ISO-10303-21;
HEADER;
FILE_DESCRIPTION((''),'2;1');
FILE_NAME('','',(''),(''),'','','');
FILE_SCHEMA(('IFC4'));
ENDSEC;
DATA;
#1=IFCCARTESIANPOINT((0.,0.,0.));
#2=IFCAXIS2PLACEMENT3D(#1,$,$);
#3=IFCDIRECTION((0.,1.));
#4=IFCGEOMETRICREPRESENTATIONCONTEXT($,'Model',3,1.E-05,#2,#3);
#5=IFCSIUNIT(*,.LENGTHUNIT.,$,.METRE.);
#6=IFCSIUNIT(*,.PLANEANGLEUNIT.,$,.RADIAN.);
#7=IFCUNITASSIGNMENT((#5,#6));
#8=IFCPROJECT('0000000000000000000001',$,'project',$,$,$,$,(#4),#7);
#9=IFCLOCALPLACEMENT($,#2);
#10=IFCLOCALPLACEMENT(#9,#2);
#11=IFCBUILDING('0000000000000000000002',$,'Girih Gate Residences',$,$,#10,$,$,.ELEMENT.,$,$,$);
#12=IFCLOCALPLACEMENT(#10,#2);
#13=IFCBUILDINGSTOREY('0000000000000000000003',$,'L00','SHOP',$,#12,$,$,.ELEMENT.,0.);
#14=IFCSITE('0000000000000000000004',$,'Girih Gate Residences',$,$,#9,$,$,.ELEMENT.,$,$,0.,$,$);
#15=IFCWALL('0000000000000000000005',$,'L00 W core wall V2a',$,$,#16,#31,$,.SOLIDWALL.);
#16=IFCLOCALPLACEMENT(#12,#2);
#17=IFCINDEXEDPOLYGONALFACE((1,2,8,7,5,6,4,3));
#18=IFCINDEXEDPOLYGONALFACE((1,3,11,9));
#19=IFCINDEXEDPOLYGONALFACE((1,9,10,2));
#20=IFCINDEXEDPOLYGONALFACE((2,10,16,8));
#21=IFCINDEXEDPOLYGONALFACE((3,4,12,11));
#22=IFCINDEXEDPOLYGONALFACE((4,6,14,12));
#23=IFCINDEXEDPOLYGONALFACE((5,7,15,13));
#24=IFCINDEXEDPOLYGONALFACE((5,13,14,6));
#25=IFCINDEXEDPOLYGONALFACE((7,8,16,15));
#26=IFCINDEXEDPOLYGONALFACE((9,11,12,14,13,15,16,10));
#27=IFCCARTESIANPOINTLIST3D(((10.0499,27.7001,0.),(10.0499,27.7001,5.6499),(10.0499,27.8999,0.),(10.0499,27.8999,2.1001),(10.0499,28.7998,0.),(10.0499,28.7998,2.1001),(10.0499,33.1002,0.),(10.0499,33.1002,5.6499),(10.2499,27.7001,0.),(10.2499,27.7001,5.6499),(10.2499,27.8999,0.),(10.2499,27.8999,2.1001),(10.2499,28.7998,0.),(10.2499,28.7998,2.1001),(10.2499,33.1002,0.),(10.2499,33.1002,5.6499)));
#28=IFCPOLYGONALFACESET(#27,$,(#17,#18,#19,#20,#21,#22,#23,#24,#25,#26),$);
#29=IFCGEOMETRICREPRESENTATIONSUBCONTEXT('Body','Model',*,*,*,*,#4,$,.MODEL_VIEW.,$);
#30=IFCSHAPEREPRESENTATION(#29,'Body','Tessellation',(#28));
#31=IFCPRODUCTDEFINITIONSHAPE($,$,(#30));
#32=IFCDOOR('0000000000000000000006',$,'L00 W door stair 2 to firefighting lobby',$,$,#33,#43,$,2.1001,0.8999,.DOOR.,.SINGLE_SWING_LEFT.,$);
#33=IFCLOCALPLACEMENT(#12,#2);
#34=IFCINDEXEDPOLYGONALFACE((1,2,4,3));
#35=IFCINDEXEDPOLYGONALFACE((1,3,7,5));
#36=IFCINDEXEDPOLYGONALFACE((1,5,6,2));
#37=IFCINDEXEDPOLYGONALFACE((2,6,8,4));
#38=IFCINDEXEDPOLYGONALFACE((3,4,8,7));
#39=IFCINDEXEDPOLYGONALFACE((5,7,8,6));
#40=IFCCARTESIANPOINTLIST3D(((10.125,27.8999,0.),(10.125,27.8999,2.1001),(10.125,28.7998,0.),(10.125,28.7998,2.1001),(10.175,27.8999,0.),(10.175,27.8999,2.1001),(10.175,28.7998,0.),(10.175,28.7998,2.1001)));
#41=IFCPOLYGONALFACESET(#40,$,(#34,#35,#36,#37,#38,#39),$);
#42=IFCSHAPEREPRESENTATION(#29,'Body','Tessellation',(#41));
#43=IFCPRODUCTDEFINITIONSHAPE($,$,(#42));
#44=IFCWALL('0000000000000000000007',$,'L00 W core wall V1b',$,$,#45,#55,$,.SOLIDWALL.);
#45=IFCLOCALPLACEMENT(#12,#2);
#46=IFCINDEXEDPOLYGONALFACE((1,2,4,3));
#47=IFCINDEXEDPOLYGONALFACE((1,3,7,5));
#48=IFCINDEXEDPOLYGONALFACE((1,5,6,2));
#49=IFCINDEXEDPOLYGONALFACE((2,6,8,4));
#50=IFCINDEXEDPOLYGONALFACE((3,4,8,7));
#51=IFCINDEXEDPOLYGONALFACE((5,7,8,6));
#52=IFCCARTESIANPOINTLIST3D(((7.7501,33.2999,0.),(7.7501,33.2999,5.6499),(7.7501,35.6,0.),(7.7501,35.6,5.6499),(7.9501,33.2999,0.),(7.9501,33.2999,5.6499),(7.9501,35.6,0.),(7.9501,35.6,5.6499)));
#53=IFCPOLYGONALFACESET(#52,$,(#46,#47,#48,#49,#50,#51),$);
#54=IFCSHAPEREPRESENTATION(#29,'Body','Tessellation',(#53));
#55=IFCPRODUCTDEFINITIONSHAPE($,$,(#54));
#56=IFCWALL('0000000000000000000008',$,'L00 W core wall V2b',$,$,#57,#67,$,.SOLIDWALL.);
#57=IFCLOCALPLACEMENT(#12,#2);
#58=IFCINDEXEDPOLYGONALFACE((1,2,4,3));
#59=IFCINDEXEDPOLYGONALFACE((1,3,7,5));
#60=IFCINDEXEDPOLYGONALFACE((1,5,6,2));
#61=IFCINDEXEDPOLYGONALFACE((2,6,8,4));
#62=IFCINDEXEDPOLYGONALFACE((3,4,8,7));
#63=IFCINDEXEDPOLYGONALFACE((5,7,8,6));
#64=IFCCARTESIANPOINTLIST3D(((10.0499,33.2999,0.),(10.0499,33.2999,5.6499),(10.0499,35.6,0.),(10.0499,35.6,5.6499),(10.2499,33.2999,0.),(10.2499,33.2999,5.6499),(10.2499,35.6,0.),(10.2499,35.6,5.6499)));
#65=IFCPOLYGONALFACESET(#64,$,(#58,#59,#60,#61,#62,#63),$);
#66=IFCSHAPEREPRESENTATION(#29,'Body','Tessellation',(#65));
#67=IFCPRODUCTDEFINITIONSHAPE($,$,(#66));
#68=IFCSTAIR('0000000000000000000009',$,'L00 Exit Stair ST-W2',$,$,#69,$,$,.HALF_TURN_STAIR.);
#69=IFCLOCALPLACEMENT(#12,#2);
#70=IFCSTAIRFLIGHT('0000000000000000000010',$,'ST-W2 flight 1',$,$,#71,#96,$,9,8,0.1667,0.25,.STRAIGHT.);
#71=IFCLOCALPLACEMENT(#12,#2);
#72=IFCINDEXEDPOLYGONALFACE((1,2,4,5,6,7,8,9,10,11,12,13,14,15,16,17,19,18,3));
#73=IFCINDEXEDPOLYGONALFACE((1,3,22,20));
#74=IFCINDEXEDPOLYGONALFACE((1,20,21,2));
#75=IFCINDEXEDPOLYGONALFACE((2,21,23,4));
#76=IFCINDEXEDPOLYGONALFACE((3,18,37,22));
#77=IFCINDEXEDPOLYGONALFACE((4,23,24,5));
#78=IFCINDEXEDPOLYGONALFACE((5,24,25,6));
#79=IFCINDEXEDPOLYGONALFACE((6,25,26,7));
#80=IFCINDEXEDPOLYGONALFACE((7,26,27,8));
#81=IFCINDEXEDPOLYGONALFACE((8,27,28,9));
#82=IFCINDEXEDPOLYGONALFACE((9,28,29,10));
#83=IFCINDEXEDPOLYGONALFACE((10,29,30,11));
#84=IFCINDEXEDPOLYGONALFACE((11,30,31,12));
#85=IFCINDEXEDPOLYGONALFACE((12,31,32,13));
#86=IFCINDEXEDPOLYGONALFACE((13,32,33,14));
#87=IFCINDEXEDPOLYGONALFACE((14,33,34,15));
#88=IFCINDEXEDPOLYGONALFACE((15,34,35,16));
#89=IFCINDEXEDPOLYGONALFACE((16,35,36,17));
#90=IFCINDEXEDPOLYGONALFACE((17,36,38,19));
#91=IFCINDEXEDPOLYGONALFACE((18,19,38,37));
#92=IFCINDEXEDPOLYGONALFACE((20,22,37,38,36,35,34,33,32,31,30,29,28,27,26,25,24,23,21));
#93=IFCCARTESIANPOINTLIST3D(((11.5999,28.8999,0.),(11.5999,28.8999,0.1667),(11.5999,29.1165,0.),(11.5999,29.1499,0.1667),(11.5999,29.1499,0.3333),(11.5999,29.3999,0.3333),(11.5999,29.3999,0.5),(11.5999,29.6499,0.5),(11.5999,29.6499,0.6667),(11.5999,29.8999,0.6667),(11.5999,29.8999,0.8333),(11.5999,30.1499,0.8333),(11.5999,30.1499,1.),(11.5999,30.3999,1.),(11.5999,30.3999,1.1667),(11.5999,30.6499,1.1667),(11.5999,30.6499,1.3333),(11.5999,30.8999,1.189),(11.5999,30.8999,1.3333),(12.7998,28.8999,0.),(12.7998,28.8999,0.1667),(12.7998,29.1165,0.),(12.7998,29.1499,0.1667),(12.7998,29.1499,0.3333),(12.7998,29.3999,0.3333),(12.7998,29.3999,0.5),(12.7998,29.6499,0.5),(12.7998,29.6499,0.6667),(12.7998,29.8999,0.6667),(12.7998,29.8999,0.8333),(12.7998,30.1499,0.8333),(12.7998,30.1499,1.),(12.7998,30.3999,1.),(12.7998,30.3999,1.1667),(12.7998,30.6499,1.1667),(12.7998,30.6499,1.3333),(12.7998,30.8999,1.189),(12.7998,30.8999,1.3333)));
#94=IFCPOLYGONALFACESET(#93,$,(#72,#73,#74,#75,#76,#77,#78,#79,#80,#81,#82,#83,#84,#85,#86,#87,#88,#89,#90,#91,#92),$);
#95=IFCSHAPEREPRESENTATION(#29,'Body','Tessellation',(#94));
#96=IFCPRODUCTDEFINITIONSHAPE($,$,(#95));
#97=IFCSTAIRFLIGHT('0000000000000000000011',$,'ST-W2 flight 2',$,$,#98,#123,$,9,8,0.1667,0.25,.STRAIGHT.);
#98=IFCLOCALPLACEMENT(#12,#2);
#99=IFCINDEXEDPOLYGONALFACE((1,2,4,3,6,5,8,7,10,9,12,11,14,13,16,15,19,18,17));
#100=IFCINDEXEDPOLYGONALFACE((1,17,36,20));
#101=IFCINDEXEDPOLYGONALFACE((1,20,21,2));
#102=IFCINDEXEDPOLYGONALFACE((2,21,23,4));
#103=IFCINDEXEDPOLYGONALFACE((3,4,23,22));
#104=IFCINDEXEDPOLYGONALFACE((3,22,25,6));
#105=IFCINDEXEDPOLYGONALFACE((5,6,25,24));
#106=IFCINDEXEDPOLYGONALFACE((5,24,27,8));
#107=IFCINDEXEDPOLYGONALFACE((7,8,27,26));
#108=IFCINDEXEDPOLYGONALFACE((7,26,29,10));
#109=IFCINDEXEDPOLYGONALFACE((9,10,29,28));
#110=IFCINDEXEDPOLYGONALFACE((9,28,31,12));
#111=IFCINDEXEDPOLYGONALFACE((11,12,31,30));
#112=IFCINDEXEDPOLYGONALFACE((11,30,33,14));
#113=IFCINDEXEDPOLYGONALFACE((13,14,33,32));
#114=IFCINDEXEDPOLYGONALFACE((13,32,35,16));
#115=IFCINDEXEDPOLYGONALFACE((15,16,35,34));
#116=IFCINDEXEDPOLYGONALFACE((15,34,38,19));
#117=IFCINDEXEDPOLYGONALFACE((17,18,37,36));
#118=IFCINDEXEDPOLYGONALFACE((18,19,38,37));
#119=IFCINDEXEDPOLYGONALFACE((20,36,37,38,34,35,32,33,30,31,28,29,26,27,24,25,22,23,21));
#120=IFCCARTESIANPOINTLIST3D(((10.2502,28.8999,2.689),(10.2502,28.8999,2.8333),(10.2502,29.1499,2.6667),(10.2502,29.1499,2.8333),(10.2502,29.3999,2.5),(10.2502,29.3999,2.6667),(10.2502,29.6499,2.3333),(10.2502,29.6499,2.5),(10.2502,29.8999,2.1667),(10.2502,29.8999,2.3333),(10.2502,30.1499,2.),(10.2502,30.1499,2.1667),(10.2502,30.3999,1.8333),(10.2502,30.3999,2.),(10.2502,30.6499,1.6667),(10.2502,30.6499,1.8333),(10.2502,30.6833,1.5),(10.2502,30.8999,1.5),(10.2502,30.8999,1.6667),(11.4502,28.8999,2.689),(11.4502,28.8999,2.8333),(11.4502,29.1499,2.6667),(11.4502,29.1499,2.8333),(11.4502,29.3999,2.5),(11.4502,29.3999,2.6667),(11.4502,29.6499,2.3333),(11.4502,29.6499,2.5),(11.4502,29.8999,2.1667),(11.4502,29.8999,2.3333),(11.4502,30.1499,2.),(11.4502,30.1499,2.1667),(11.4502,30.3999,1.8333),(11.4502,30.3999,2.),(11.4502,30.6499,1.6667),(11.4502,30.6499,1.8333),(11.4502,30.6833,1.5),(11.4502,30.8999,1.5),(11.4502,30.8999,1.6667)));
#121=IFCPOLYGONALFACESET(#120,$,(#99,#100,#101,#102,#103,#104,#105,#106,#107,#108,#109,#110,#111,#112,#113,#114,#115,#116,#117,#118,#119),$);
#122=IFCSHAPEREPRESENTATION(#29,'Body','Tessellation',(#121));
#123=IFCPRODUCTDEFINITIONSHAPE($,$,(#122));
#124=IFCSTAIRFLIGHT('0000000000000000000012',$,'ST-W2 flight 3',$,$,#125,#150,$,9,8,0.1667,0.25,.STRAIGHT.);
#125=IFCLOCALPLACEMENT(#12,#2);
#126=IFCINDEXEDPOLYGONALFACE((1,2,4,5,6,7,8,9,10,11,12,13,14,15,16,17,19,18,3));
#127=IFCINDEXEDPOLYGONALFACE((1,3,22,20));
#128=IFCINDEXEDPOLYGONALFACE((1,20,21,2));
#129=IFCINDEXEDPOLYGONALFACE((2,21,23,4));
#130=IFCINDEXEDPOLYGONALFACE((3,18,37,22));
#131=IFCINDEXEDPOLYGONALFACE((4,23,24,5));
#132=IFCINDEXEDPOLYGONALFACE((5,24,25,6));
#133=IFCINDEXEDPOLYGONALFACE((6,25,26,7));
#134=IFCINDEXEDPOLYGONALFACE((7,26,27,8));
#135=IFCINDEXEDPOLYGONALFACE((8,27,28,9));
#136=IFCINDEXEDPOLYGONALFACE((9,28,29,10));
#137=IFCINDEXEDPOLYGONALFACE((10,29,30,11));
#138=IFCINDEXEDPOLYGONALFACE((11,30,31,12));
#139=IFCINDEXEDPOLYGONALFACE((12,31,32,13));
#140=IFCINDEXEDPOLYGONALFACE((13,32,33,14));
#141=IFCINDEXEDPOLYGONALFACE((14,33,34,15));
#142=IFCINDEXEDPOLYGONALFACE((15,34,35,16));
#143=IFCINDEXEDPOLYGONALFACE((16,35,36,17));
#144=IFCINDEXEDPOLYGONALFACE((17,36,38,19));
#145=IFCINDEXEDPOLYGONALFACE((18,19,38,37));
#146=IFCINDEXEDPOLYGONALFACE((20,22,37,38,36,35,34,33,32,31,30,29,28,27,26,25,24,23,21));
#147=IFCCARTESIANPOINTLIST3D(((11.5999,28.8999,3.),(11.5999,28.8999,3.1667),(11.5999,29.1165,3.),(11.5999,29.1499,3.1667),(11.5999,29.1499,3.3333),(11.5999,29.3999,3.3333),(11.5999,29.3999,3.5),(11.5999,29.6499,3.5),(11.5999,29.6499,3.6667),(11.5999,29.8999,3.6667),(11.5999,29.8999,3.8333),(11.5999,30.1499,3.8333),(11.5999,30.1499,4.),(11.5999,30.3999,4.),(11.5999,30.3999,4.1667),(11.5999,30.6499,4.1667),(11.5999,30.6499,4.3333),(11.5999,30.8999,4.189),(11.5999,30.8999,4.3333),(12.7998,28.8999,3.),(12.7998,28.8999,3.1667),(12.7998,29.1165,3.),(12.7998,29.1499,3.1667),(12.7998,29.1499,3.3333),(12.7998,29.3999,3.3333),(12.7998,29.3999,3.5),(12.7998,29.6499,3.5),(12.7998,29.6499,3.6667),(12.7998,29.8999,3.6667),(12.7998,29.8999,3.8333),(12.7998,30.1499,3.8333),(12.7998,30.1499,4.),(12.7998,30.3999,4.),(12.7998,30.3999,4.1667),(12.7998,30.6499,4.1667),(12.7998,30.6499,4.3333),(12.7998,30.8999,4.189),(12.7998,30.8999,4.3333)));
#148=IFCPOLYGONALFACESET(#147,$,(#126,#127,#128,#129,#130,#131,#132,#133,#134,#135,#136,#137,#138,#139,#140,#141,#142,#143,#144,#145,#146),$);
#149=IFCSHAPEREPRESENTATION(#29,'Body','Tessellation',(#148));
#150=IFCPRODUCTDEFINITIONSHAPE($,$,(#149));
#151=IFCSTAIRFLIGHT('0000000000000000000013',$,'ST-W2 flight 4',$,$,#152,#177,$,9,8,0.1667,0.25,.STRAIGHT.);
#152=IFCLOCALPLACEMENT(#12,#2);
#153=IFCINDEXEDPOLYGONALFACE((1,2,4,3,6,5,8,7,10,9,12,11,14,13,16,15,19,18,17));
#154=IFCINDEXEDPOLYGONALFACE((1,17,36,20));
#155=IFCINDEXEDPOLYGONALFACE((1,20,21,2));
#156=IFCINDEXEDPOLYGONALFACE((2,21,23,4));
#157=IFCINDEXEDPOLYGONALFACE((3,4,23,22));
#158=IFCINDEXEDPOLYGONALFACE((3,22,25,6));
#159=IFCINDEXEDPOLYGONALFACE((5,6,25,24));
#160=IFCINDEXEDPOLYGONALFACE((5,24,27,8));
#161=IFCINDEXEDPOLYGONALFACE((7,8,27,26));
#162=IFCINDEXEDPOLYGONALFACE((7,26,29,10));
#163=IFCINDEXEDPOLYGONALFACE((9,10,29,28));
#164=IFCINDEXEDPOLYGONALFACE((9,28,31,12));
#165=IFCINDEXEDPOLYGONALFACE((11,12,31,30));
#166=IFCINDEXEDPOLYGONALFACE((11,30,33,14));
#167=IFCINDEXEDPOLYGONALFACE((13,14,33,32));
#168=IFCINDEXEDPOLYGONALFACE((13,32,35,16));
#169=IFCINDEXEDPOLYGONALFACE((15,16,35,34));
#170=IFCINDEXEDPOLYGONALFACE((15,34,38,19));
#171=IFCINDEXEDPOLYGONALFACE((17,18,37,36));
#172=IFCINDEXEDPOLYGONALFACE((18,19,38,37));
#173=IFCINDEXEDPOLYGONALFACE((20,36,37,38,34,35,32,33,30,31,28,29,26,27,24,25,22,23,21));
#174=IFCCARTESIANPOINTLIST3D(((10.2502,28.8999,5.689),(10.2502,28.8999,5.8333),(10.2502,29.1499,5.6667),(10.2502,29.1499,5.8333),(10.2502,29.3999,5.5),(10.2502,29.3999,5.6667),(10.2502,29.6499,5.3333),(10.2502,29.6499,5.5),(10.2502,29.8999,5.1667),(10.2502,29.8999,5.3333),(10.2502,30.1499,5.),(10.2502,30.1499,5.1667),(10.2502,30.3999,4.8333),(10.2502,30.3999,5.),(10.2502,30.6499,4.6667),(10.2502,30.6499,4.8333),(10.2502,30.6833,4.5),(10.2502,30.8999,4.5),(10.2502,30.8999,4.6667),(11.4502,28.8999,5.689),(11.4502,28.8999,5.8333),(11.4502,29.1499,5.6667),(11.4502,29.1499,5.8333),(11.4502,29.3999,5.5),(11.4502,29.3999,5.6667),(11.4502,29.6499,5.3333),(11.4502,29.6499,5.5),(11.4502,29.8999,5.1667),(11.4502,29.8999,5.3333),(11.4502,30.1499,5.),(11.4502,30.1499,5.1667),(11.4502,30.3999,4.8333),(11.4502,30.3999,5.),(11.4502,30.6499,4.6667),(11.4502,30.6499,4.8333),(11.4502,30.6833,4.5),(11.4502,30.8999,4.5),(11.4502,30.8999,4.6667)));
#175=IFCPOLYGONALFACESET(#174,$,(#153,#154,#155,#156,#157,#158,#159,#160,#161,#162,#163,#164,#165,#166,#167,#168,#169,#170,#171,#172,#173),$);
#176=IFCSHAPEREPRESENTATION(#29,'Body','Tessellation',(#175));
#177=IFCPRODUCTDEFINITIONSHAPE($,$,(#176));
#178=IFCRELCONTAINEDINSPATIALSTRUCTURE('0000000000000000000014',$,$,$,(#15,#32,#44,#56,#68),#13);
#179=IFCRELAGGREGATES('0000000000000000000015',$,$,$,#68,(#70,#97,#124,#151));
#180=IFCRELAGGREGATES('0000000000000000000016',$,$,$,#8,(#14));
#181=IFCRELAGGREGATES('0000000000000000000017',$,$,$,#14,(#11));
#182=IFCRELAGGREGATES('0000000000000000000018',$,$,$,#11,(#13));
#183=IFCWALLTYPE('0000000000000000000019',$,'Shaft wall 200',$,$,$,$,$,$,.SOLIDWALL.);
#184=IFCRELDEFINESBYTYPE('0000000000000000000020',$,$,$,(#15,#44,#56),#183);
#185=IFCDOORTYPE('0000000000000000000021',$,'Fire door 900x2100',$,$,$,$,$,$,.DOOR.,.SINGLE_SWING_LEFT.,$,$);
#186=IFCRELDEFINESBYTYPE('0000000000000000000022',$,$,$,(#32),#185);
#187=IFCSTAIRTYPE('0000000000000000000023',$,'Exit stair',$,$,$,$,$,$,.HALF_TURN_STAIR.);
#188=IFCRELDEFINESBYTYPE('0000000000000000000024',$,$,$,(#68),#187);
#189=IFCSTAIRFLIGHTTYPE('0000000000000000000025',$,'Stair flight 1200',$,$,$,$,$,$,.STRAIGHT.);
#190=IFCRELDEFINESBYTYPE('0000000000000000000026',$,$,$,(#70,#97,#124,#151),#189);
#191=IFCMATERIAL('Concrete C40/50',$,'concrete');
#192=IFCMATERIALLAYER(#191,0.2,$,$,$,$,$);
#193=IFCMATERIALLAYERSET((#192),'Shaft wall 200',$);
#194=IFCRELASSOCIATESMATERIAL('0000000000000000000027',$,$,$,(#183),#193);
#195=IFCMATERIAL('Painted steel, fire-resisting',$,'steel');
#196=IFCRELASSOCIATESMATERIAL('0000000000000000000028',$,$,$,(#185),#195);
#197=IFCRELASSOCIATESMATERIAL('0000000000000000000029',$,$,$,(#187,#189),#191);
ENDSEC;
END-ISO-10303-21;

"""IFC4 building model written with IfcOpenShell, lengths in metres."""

from ifc_helpers import new_model, si_unit, direction, frame, frame_2d, origin, place, context, subcontext, project, spatial, polyline, rectangle, outline, extrude, material, layer, layer_set, type_object, element, fill, aggregate, save


model = new_model("IFC4")

# Units and contexts
model_context = context("Model", 3, precision=1e-05, world=origin(), true_north=direction((0.0, 1.0)))
body_context = subcontext(model_context, "Body", "Model", "MODEL_VIEW")
ifc_project = project(units=[si_unit("LENGTHUNIT", "METRE"), si_unit("PLANEANGLEUNIT", "RADIAN")], contexts=[model_context])

# Site, building, storey
site_placement = place(None, origin())
site = spatial("IfcSite", under=ifc_project, at=site_placement, Name="Girih Gate Residences", CompositionType="ELEMENT", RefElevation=0.0)
building_placement = place(site_placement, origin())
building = spatial("IfcBuilding", under=site, at=building_placement, Name="Girih Gate Residences", CompositionType="ELEMENT")
storey_placement = place(building_placement, origin())
storey = spatial("IfcBuildingStorey", under=building, at=storey_placement, Name="L00", Description="SHOP", CompositionType="ELEMENT", Elevation=0.0)

# Shared definitions
ifc_material_1 = material(Name="Painted steel, fire-resisting", Category="steel")

# Wall, opening, door
ifc_material_2 = material(Name="Concrete C40/50", Category="concrete")
ifc_layer_1 = layer(ifc_material_2, 0.2)
ifc_layer_set_1 = layer_set([ifc_layer_1], Name="Shaft wall 200")
wall_type_1 = type_object("IfcWallType", Name="Shaft wall 200", PredefinedType="SOLIDWALL", material=ifc_layer_set_1)
door_type_1 = type_object("IfcDoorType", Name="Fire door 900x2100", OperationType="SINGLE_SWING_LEFT", PredefinedType="DOOR", material=ifc_material_1)
wall_1_placement = place(storey_placement, frame((10.1499, 27.7, 0.0), z_axis=(0.0, 0.0, 1.0), x_axis=(0.0, 1.0, 0.0)))
wall_1 = element("IfcWall", 1, at=wall_1_placement, inside=storey, type_object=wall_type_1, Name="L00 W core wall V2a", PredefinedType="SOLIDWALL", context=body_context, shape_type="SweptSolid", body=[
    extrude(rectangle(XDim=5.4001, YDim=0.2, at=frame_2d((2.7002, 0.0))), origin(), (0.0, 0.0, 1.0), 5.6499),
])
opening_1_placement = place(wall_1_placement, frame((0.2, 0.0, 0.0)))
opening_1 = element("IfcOpeningElement", 2, at=opening_1_placement, cuts=wall_1, PredefinedType="OPENING", context=body_context, shape_type="SweptSolid", body=[
    extrude(rectangle(XDim=0.8999, YDim=2.1001, at=frame_2d((0.45, 1.05))), frame((0.0, 0.1099, 0.0), z_axis=(0.0, -1.0, 0.0), x_axis=(1.0, 0.0, 0.0)), (0.0, 0.0, 1.0), 0.22),
])
door_1_placement = place(opening_1_placement, origin())
door_1 = element("IfcDoor", 3, at=door_1_placement, inside=storey, type_object=door_type_1, Name="L00 W door stair 2 to firefighting lobby", OperationType="SINGLE_SWING_LEFT", OverallHeight=2.1001, OverallWidth=0.8999, PredefinedType="DOOR", context=body_context, shape_type="SweptSolid", body=[
    extrude(rectangle(XDim=0.8999, YDim=2.1001, at=frame_2d((0.45, 1.05))), frame((0.0, 0.0249, 0.0), z_axis=(0.0, -1.0, 0.0), x_axis=(1.0, 0.0, 0.0)), (0.0, 0.0, 1.0), 0.05),
])
fill(opening_1, door_1)

# Walls
for number, where, z_axis, x_axis, name in (
    (4, (7.8501, 33.3, 0.0), (0.0, 0.0, 1.0), (0.0, 1.0, 0.0), "L00 W core wall V1b"),
    (5, (10.1499, 33.3, 0.0), (0.0, 0.0, 1.0), (0.0, 1.0, 0.0), "L00 W core wall V2b"),
):
    element("IfcWall", number, at=place(storey_placement, frame(where, z_axis=z_axis, x_axis=x_axis)), inside=storey, type_object=wall_type_1, Name=name, PredefinedType="SOLIDWALL", context=body_context, shape_type="SweptSolid", body=[
        extrude(rectangle(XDim=2.3, YDim=0.2, at=frame_2d((1.1499, 0.0))), origin(), (0.0, 0.0, 1.0), 5.6499),
    ])

# Stair, stair flights
stair_type = type_object("IfcStairType", Name="Exit stair", PredefinedType="HALF_TURN_STAIR", material=ifc_material_2)
stair_placement = place(storey_placement, origin())
stair = element("IfcStair", 6, at=stair_placement, inside=storey, type_object=stair_type, Name="L00 Exit Stair ST-W2", PredefinedType="HALF_TURN_STAIR")
stair_flight_type = type_object("IfcStairFlightType", Name="Stair flight 1200", PredefinedType="STRAIGHT", material=ifc_material_2)
stair_flight_1_placement = place(storey_placement, frame((12.2, 28.8999, 0.0), z_axis=(0.0, 0.0, 1.0), x_axis=(0.0, 1.0, 0.0)))
stair_flight_1 = element("IfcStairFlight", 7, at=stair_flight_1_placement, type_object=stair_flight_type, Name="ST-W2 flight 1", NumberOfRisers=9, NumberOfTreads=8, PredefinedType="STRAIGHT", RiserHeight=0.1667, TreadLength=0.25, context=body_context, shape_type="SweptSolid", body=[
    extrude(outline(polyline([(0.0, 0.0), (0.0, 0.1667), (0.25, 0.1667), (0.25, 0.3333), (0.5, 0.3333), (0.5, 0.5), (0.75, 0.5), (0.75, 0.6667), (1.0, 0.6667), (1.0, 0.8333), (1.25, 0.8333), (1.25, 1.0), (1.5, 1.0), (1.5, 1.1667), (1.75, 1.1667), (1.75, 1.3333), (2.0, 1.3333), (2.0, 1.5), (2.0, 1.189), (0.2166, 0.0), (0.0, 0.0)])), frame((0.0, 0.6001, 0.0), z_axis=(0.0, -1.0, 0.0), x_axis=(1.0, 0.0, 0.0)), (0.0, 0.0, 1.0), 1.2),
])
stair_flight_2_placement = place(storey_placement, frame((10.8501, 30.8999, 1.5), z_axis=(0.0, 0.0, 1.0), x_axis=(0.0, -1.0, 0.0)))
stair_flight_2 = element("IfcStairFlight", 8, at=stair_flight_2_placement, type_object=stair_flight_type, Name="ST-W2 flight 2", NumberOfRisers=9, NumberOfTreads=8, PredefinedType="STRAIGHT", RiserHeight=0.1667, TreadLength=0.25, context=body_context, shape_type="SweptSolid", body=[
    extrude(outline(polyline([(0.0, 0.0), (0.0, 0.1667), (0.25, 0.1667), (0.25, 0.3333), (0.5, 0.3333), (0.5, 0.5), (0.75, 0.5), (0.75, 0.6667), (1.0, 0.6667), (1.0, 0.8333), (1.25, 0.8333), (1.25, 1.0), (1.5, 1.0), (1.5, 1.1667), (1.75, 1.1667), (1.75, 1.3333), (2.0, 1.3333), (2.0, 1.5), (2.0, 1.189), (0.2166, 0.0), (0.0, 0.0)])), frame((0.0, 0.6001, 0.0), z_axis=(0.0, -1.0, 0.0), x_axis=(1.0, 0.0, 0.0)), (0.0, 0.0, 1.0), 1.2),
])
stair_flight_3_placement = place(storey_placement, frame((12.2, 28.8999, 3.0), z_axis=(0.0, 0.0, 1.0), x_axis=(0.0, 1.0, 0.0)))
stair_flight_3 = element("IfcStairFlight", 9, at=stair_flight_3_placement, type_object=stair_flight_type, Name="ST-W2 flight 3", NumberOfRisers=9, NumberOfTreads=8, PredefinedType="STRAIGHT", RiserHeight=0.1667, TreadLength=0.25, context=body_context, shape_type="SweptSolid", body=[
    extrude(outline(polyline([(0.0, 0.0), (0.0, 0.1667), (0.25, 0.1667), (0.25, 0.3333), (0.5, 0.3333), (0.5, 0.5), (0.75, 0.5), (0.75, 0.6667), (1.0, 0.6667), (1.0, 0.8333), (1.25, 0.8333), (1.25, 1.0), (1.5, 1.0), (1.5, 1.1667), (1.75, 1.1667), (1.75, 1.3333), (2.0, 1.3333), (2.0, 1.5), (2.0, 1.189), (0.2166, 0.0), (0.0, 0.0)])), frame((0.0, 0.6001, 0.0), z_axis=(0.0, -1.0, 0.0), x_axis=(1.0, 0.0, 0.0)), (0.0, 0.0, 1.0), 1.2),
])
stair_flight_4_placement = place(storey_placement, frame((10.8501, 30.8999, 4.5), z_axis=(0.0, 0.0, 1.0), x_axis=(0.0, -1.0, 0.0)))
stair_flight_4 = element("IfcStairFlight", 10, at=stair_flight_4_placement, type_object=stair_flight_type, Name="ST-W2 flight 4", NumberOfRisers=9, NumberOfTreads=8, PredefinedType="STRAIGHT", RiserHeight=0.1667, TreadLength=0.25, context=body_context, shape_type="SweptSolid", body=[
    extrude(outline(polyline([(0.0, 0.0), (0.0, 0.1667), (0.25, 0.1667), (0.25, 0.3333), (0.5, 0.3333), (0.5, 0.5), (0.75, 0.5), (0.75, 0.6667), (1.0, 0.6667), (1.0, 0.8333), (1.25, 0.8333), (1.25, 1.0), (1.5, 1.0), (1.5, 1.1667), (1.75, 1.1667), (1.75, 1.3333), (2.0, 1.3333), (2.0, 1.5), (2.0, 1.189), (0.2166, 0.0), (0.0, 0.0)])), frame((0.0, 0.6001, 0.0), z_axis=(0.0, -1.0, 0.0), x_axis=(1.0, 0.0, 0.0)), (0.0, 0.0, 1.0), 1.2),
])
aggregate(stair, [stair_flight_1, stair_flight_2, stair_flight_3, stair_flight_4])

save(model, "model.ifc")
